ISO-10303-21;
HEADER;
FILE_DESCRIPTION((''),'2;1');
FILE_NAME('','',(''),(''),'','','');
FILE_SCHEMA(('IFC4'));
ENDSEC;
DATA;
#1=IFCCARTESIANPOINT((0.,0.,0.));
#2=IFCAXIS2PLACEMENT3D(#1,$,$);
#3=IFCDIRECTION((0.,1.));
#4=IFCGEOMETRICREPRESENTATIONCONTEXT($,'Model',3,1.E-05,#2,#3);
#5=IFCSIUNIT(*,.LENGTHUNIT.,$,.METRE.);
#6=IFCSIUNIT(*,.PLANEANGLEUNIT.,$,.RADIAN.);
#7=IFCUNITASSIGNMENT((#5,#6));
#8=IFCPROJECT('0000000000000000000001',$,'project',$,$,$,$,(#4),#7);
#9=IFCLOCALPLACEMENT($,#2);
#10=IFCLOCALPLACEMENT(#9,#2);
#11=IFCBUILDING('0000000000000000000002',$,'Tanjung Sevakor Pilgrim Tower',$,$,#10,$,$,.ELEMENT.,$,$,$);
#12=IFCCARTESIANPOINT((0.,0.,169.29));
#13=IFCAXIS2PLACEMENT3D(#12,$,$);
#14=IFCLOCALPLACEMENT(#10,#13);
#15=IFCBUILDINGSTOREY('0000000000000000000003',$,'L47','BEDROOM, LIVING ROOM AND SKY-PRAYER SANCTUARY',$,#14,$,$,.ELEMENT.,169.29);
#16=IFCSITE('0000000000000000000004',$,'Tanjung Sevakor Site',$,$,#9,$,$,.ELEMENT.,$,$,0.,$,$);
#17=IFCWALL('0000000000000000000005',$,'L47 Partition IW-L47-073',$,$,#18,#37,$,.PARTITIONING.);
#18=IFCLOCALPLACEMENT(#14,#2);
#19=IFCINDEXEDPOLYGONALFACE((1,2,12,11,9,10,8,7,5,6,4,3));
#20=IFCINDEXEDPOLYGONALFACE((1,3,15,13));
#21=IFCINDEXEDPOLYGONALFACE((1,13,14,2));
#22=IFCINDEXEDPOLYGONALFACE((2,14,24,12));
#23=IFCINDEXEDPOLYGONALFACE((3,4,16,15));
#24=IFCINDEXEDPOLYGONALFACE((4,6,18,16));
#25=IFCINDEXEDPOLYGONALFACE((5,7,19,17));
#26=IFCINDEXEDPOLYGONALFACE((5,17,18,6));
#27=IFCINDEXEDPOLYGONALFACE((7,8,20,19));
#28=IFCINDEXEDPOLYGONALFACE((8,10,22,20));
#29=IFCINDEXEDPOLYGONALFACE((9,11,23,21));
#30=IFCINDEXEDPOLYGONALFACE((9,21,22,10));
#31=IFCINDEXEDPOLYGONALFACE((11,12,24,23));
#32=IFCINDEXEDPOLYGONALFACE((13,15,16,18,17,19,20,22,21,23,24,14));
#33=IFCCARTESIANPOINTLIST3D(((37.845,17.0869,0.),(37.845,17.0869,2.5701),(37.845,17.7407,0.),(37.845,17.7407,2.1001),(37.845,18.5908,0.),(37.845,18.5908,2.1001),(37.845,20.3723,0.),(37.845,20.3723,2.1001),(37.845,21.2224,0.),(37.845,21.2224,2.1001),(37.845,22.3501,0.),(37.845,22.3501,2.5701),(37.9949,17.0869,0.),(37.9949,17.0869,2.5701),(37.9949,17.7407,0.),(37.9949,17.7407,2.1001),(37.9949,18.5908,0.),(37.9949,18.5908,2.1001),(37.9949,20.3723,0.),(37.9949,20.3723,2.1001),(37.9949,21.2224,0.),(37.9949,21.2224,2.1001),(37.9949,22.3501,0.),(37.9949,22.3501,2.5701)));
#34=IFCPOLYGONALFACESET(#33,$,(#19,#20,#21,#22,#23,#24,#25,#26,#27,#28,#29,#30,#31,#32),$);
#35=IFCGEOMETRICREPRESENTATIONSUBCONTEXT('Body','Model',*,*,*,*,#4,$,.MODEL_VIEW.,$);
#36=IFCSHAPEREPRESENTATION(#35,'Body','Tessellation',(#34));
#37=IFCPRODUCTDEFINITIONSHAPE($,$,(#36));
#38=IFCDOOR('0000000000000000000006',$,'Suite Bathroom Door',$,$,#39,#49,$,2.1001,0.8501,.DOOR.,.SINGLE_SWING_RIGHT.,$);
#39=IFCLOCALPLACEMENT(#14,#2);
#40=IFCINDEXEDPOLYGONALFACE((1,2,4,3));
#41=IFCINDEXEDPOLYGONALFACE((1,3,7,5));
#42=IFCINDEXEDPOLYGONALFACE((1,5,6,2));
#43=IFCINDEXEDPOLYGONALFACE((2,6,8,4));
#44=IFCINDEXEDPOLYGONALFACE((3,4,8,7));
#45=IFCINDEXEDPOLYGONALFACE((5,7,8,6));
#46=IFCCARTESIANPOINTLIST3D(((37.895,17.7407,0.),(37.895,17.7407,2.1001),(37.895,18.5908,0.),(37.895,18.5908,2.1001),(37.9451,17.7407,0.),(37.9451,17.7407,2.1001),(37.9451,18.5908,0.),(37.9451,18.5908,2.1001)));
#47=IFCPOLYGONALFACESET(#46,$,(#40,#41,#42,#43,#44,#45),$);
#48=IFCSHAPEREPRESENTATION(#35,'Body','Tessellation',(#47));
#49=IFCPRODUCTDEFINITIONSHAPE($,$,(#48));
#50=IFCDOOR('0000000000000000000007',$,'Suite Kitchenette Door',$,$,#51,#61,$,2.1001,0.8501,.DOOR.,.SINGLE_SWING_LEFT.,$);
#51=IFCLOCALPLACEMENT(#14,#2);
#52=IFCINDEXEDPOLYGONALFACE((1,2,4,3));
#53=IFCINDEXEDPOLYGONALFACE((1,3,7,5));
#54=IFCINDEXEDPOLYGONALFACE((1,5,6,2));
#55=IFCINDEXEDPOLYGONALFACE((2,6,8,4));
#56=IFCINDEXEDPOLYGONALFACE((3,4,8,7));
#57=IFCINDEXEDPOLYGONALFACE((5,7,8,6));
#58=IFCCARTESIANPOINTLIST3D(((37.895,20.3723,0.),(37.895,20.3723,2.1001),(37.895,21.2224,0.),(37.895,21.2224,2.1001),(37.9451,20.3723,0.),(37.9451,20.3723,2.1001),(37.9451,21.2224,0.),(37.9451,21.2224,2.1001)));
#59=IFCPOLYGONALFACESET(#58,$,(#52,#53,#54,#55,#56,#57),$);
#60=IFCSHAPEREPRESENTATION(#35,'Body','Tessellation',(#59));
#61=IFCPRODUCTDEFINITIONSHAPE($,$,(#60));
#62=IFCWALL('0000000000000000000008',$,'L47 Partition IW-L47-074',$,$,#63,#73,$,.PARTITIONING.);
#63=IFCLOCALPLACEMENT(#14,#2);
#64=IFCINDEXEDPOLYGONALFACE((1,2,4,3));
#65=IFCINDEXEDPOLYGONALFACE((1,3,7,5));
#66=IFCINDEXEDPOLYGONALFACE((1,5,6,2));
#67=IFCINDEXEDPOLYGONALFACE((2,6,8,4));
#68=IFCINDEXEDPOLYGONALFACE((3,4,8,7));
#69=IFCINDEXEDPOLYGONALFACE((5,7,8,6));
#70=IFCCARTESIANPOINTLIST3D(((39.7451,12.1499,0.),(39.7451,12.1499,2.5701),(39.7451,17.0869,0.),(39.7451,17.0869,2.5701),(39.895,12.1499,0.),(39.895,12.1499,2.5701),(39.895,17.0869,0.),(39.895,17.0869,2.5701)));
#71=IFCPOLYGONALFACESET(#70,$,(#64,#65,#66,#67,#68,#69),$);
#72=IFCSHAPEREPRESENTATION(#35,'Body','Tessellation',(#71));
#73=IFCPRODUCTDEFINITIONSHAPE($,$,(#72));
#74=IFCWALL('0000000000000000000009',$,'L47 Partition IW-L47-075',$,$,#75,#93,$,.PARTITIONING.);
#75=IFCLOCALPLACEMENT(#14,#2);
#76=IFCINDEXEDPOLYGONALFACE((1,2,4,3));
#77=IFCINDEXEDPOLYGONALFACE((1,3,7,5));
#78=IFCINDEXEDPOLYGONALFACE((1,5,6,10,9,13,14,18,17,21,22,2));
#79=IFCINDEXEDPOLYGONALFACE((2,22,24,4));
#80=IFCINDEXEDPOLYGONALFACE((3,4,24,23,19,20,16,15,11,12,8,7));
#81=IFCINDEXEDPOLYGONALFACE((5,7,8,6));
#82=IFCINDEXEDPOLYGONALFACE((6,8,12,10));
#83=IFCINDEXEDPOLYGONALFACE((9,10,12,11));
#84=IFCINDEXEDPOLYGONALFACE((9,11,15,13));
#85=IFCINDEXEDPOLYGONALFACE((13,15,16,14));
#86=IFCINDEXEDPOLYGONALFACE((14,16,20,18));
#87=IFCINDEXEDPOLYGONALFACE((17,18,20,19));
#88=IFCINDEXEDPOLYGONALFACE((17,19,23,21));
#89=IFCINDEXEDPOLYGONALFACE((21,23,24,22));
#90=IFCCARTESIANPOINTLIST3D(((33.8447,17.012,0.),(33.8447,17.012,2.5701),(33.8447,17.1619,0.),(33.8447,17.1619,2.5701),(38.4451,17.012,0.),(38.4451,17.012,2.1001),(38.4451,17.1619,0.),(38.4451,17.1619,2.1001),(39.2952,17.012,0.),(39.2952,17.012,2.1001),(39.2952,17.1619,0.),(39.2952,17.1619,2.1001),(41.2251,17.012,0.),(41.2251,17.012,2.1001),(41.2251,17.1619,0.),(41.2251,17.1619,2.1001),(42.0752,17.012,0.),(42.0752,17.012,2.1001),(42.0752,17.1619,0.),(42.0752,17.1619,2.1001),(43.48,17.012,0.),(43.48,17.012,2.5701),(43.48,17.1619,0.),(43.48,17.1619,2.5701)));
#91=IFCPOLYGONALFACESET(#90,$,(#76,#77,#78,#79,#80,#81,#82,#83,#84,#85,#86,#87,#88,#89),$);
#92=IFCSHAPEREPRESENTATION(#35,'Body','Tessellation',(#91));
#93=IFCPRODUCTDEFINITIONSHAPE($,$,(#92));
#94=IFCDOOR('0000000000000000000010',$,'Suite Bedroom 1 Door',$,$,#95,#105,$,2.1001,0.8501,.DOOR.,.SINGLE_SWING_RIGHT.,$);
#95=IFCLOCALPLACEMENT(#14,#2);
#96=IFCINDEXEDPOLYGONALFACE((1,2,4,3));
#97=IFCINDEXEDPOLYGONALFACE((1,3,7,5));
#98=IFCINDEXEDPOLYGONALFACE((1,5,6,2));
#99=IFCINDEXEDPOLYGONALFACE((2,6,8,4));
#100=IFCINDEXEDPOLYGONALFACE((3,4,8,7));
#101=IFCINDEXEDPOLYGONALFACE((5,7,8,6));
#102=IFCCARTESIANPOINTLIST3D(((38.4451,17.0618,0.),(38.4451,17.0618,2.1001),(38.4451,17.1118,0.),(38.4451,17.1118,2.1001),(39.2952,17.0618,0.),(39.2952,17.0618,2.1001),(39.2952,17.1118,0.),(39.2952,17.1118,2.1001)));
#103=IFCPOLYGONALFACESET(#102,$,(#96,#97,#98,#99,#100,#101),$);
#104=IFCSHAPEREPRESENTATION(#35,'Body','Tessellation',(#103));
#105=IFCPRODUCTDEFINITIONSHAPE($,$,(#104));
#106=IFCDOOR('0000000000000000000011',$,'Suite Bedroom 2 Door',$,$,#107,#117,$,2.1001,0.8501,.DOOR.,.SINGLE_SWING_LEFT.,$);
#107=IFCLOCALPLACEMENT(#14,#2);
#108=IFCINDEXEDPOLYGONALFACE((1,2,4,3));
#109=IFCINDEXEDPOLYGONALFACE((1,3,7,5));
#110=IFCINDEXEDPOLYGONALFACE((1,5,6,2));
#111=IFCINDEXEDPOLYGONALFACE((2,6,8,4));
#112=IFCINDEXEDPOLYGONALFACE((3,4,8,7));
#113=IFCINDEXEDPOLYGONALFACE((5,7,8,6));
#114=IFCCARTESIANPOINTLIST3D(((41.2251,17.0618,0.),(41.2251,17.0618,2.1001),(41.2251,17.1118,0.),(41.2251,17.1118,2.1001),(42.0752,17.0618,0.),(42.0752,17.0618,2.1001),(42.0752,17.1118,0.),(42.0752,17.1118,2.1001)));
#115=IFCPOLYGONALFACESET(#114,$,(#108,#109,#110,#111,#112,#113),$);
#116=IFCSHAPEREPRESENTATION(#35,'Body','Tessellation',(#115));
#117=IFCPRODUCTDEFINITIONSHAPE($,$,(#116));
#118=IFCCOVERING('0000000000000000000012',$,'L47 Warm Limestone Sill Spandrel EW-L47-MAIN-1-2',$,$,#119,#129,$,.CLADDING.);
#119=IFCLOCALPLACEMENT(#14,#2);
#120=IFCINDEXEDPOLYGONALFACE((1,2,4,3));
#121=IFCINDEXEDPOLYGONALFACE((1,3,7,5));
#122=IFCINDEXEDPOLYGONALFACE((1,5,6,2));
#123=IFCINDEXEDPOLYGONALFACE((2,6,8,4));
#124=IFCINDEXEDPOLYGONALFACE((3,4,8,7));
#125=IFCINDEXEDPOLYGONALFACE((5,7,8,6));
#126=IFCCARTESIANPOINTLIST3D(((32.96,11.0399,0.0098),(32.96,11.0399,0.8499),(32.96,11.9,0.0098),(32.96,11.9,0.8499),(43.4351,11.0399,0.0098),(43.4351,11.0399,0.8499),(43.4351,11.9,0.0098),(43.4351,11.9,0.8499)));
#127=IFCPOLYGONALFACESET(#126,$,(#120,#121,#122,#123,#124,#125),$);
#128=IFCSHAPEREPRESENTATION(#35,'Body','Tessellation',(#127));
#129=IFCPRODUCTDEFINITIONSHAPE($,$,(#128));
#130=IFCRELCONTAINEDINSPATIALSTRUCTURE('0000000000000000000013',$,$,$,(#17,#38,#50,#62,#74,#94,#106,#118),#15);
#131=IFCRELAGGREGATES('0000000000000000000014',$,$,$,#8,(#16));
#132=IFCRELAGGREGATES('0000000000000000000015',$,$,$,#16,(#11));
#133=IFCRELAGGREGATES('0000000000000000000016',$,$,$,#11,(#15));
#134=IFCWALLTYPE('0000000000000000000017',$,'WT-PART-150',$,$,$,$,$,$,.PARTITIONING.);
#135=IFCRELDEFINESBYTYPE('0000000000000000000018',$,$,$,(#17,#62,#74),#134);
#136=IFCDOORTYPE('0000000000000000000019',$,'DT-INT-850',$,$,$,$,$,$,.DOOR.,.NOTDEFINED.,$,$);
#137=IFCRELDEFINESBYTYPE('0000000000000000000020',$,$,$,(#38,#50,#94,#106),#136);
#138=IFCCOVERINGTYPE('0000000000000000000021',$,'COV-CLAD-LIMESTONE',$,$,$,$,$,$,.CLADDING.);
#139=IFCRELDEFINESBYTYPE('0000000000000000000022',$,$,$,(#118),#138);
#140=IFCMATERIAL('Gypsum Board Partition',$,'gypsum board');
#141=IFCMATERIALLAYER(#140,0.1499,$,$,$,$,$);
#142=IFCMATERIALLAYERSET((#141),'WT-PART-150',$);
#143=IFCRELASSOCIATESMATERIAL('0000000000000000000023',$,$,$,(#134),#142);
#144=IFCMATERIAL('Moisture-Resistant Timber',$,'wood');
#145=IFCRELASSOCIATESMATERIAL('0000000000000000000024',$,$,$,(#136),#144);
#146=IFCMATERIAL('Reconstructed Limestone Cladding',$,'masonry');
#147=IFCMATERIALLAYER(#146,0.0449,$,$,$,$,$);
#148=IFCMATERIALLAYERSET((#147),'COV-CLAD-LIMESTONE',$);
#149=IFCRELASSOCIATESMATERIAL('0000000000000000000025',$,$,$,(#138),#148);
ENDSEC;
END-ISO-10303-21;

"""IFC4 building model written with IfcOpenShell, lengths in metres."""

from ifc_helpers import new_model, si_unit, direction, frame, frame_2d, origin, origin_2d, place, context, subcontext, project, spatial, rectangle, extrude, material, layer, layer_set, type_object, element, fill, save


model = new_model("IFC4")

# Units and contexts
model_context = context("Model", 3, precision=1e-05, world=origin(), true_north=direction((0.0, 1.0)))
body_context = subcontext(model_context, "Body", "Model", "MODEL_VIEW")
ifc_project = project(units=[si_unit("LENGTHUNIT", "METRE"), si_unit("PLANEANGLEUNIT", "RADIAN")], contexts=[model_context])

# Site, building, storey
site_placement = place(None, origin())
site = spatial("IfcSite", under=ifc_project, at=site_placement, Name="Tanjung Sevakor Site", CompositionType="ELEMENT", RefElevation=0.0)
building_placement = place(site_placement, origin())
building = spatial("IfcBuilding", under=site, at=building_placement, Name="Tanjung Sevakor Pilgrim Tower", CompositionType="ELEMENT")
storey_placement = place(building_placement, frame((0.0, 0.0, 169.29)))
storey = spatial("IfcBuildingStorey", under=building, at=storey_placement, Name="L47", Description="BEDROOM, LIVING ROOM AND SKY-PRAYER SANCTUARY", CompositionType="ELEMENT", Elevation=169.29)

# Shared definitions
ifc_material_1 = material(Name="Gypsum Board Partition", Category="gypsum board")
ifc_layer_1 = layer(ifc_material_1, 0.1499)
ifc_layer_set_1 = layer_set([ifc_layer_1], Name="WT-PART-150")
wall_type_1 = type_object("IfcWallType", Name="WT-PART-150", PredefinedType="PARTITIONING", material=ifc_layer_set_1)

# Wall, openings, doors
wall_1_placement = place(storey_placement, frame((37.9199, 17.0869, 0.0), z_axis=(0.0, 0.0, 1.0), x_axis=(0.0, 1.0, 0.0)))
wall_1 = element("IfcWall", 1, at=wall_1_placement, inside=storey, type_object=wall_type_1, Name="L47 Partition IW-L47-073", PredefinedType="PARTITIONING", context=body_context, shape_type="SweptSolid", body=[
    extrude(rectangle(XDim=5.2632, YDim=0.1499, at=frame_2d((2.6316, 0.0))), origin(), (0.0, 0.0, 1.0), 2.5701),
])
opening_1_placement = place(wall_1_placement, frame((0.6538, 0.0, 0.0)))
opening_1 = element("IfcOpeningElement", 2, at=opening_1_placement, cuts=wall_1, PredefinedType="OPENING", context=body_context, shape_type="SweptSolid", body=[
    extrude(rectangle(XDim=0.8501, YDim=2.1001, at=frame_2d((0.425, 1.05))), frame((0.0, 0.085, 0.0), z_axis=(0.0, -1.0, 0.0), x_axis=(1.0, 0.0, 0.0)), (0.0, 0.0, 1.0), 0.1699),
])
opening_2_placement = place(wall_1_placement, frame((3.2854, 0.0, 0.0)))
opening_2 = element("IfcOpeningElement", 3, at=opening_2_placement, cuts=wall_1, PredefinedType="OPENING", context=body_context, shape_type="SweptSolid", body=[
    extrude(rectangle(XDim=0.8501, YDim=2.1001, at=frame_2d((0.425, 1.05))), frame((0.0, 0.085, 0.0), z_axis=(0.0, -1.0, 0.0), x_axis=(1.0, 0.0, 0.0)), (0.0, 0.0, 1.0), 0.1699),
])
ifc_material_2 = material(Name="Moisture-Resistant Timber", Category="wood")
door_type = type_object("IfcDoorType", Name="DT-INT-850", OperationType="NOTDEFINED", PredefinedType="DOOR", material=ifc_material_2)
door_1_placement = place(opening_1_placement, origin())
door_1 = element("IfcDoor", 4, at=door_1_placement, inside=storey, type_object=door_type, Name="Suite Bathroom Door", OperationType="SINGLE_SWING_RIGHT", OverallHeight=2.1001, OverallWidth=0.8501, PredefinedType="DOOR", context=body_context, shape_type="SweptSolid", body=[
    extrude(rectangle(XDim=0.8501, YDim=2.1001, at=frame_2d((0.425, 1.05))), frame((0.0, 0.0249, 0.0), z_axis=(0.0, -1.0, 0.0), x_axis=(1.0, 0.0, 0.0)), (0.0, 0.0, 1.0), 0.05),
])
fill(opening_1, door_1)
door_2_placement = place(opening_2_placement, origin())
door_2 = element("IfcDoor", 5, at=door_2_placement, inside=storey, type_object=door_type, Name="Suite Kitchenette Door", OperationType="SINGLE_SWING_LEFT", OverallHeight=2.1001, OverallWidth=0.8501, PredefinedType="DOOR", context=body_context, shape_type="SweptSolid", body=[
    extrude(rectangle(XDim=0.8501, YDim=2.1001, at=frame_2d((0.425, 1.05))), frame((0.0, 0.0249, 0.0), z_axis=(0.0, -1.0, 0.0), x_axis=(1.0, 0.0, 0.0)), (0.0, 0.0, 1.0), 0.05),
])
fill(opening_2, door_2)

# Wall
wall_2_placement = place(storey_placement, frame((39.8201, 12.1499, 0.0), z_axis=(0.0, 0.0, 1.0), x_axis=(0.0, 1.0, 0.0)))
element("IfcWall", 6, at=wall_2_placement, inside=storey, type_object=wall_type_1, Name="L47 Partition IW-L47-074", PredefinedType="PARTITIONING", context=body_context, shape_type="SweptSolid", body=[
    extrude(rectangle(XDim=4.937, YDim=0.1499, at=frame_2d((2.4685, 0.0))), origin(), (0.0, 0.0, 1.0), 2.5701),
])

# Wall, openings, doors
wall_3_placement = place(storey_placement, frame((33.8447, 17.0869, 0.0), z_axis=(0.0, 0.0, 1.0), x_axis=(1.0, 0.0, 0.0)))
wall_3 = element("IfcWall", 7, at=wall_3_placement, inside=storey, type_object=wall_type_1, Name="L47 Partition IW-L47-075", PredefinedType="PARTITIONING", context=body_context, shape_type="SweptSolid", body=[
    extrude(rectangle(XDim=9.6353, YDim=0.1499, at=frame_2d((4.8176, 0.0))), origin(), (0.0, 0.0, 1.0), 2.5701),
])
opening_3_placement = place(wall_3_placement, frame((4.6003, 0.0, 0.0)))
opening_3 = element("IfcOpeningElement", 8, at=opening_3_placement, cuts=wall_3, PredefinedType="OPENING", context=body_context, shape_type="SweptSolid", body=[
    extrude(rectangle(XDim=0.8501, YDim=2.1001, at=frame_2d((0.425, 1.05))), frame((0.0, 0.085, 0.0), z_axis=(0.0, -1.0, 0.0), x_axis=(1.0, 0.0, 0.0)), (0.0, 0.0, 1.0), 0.1699),
])
opening_4_placement = place(wall_3_placement, frame((7.3804, 0.0, 0.0)))
opening_4 = element("IfcOpeningElement", 9, at=opening_4_placement, cuts=wall_3, PredefinedType="OPENING", context=body_context, shape_type="SweptSolid", body=[
    extrude(rectangle(XDim=0.8501, YDim=2.1001, at=frame_2d((0.425, 1.05))), frame((0.0, 0.085, 0.0), z_axis=(0.0, -1.0, 0.0), x_axis=(1.0, 0.0, 0.0)), (0.0, 0.0, 1.0), 0.1699),
])
door_3_placement = place(opening_3_placement, origin())
door_3 = element("IfcDoor", 10, at=door_3_placement, inside=storey, type_object=door_type, Name="Suite Bedroom 1 Door", OperationType="SINGLE_SWING_RIGHT", OverallHeight=2.1001, OverallWidth=0.8501, PredefinedType="DOOR", context=body_context, shape_type="SweptSolid", body=[
    extrude(rectangle(XDim=0.8501, YDim=2.1001, at=frame_2d((0.425, 1.05))), frame((0.0, 0.0249, 0.0), z_axis=(0.0, -1.0, 0.0), x_axis=(1.0, 0.0, 0.0)), (0.0, 0.0, 1.0), 0.05),
])
fill(opening_3, door_3)
door_4_placement = place(opening_4_placement, origin())
door_4 = element("IfcDoor", 11, at=door_4_placement, inside=storey, type_object=door_type, Name="Suite Bedroom 2 Door", OperationType="SINGLE_SWING_LEFT", OverallHeight=2.1001, OverallWidth=0.8501, PredefinedType="DOOR", context=body_context, shape_type="SweptSolid", body=[
    extrude(rectangle(XDim=0.8501, YDim=2.1001, at=frame_2d((0.425, 1.05))), frame((0.0, 0.0249, 0.0), z_axis=(0.0, -1.0, 0.0), x_axis=(1.0, 0.0, 0.0)), (0.0, 0.0, 1.0), 0.05),
])
fill(opening_4, door_4)

# Covering
ifc_material_3 = material(Name="Reconstructed Limestone Cladding", Category="masonry")
ifc_layer_2 = layer(ifc_material_3, 0.0449)
ifc_layer_set_2 = layer_set([ifc_layer_2], Name="COV-CLAD-LIMESTONE")
covering_type = type_object("IfcCoveringType", Name="COV-CLAD-LIMESTONE", PredefinedType="CLADDING", material=ifc_layer_set_2)
covering_placement = place(storey_placement, frame((38.1975, 11.47, 0.0098), z_axis=(0.0, 0.0, 1.0), x_axis=(1.0, 0.0, 0.0)))
element("IfcCovering", 12, at=covering_placement, inside=storey, type_object=covering_type, Name="L47 Warm Limestone Sill Spandrel EW-L47-MAIN-1-2", PredefinedType="CLADDING", context=body_context, shape_type="SweptSolid", body=[
    extrude(rectangle(XDim=10.4751, YDim=0.8601, at=origin_2d()), origin(), (0.0, 0.0, 1.0), 0.8401),
])

save(model, "model.ifc")
